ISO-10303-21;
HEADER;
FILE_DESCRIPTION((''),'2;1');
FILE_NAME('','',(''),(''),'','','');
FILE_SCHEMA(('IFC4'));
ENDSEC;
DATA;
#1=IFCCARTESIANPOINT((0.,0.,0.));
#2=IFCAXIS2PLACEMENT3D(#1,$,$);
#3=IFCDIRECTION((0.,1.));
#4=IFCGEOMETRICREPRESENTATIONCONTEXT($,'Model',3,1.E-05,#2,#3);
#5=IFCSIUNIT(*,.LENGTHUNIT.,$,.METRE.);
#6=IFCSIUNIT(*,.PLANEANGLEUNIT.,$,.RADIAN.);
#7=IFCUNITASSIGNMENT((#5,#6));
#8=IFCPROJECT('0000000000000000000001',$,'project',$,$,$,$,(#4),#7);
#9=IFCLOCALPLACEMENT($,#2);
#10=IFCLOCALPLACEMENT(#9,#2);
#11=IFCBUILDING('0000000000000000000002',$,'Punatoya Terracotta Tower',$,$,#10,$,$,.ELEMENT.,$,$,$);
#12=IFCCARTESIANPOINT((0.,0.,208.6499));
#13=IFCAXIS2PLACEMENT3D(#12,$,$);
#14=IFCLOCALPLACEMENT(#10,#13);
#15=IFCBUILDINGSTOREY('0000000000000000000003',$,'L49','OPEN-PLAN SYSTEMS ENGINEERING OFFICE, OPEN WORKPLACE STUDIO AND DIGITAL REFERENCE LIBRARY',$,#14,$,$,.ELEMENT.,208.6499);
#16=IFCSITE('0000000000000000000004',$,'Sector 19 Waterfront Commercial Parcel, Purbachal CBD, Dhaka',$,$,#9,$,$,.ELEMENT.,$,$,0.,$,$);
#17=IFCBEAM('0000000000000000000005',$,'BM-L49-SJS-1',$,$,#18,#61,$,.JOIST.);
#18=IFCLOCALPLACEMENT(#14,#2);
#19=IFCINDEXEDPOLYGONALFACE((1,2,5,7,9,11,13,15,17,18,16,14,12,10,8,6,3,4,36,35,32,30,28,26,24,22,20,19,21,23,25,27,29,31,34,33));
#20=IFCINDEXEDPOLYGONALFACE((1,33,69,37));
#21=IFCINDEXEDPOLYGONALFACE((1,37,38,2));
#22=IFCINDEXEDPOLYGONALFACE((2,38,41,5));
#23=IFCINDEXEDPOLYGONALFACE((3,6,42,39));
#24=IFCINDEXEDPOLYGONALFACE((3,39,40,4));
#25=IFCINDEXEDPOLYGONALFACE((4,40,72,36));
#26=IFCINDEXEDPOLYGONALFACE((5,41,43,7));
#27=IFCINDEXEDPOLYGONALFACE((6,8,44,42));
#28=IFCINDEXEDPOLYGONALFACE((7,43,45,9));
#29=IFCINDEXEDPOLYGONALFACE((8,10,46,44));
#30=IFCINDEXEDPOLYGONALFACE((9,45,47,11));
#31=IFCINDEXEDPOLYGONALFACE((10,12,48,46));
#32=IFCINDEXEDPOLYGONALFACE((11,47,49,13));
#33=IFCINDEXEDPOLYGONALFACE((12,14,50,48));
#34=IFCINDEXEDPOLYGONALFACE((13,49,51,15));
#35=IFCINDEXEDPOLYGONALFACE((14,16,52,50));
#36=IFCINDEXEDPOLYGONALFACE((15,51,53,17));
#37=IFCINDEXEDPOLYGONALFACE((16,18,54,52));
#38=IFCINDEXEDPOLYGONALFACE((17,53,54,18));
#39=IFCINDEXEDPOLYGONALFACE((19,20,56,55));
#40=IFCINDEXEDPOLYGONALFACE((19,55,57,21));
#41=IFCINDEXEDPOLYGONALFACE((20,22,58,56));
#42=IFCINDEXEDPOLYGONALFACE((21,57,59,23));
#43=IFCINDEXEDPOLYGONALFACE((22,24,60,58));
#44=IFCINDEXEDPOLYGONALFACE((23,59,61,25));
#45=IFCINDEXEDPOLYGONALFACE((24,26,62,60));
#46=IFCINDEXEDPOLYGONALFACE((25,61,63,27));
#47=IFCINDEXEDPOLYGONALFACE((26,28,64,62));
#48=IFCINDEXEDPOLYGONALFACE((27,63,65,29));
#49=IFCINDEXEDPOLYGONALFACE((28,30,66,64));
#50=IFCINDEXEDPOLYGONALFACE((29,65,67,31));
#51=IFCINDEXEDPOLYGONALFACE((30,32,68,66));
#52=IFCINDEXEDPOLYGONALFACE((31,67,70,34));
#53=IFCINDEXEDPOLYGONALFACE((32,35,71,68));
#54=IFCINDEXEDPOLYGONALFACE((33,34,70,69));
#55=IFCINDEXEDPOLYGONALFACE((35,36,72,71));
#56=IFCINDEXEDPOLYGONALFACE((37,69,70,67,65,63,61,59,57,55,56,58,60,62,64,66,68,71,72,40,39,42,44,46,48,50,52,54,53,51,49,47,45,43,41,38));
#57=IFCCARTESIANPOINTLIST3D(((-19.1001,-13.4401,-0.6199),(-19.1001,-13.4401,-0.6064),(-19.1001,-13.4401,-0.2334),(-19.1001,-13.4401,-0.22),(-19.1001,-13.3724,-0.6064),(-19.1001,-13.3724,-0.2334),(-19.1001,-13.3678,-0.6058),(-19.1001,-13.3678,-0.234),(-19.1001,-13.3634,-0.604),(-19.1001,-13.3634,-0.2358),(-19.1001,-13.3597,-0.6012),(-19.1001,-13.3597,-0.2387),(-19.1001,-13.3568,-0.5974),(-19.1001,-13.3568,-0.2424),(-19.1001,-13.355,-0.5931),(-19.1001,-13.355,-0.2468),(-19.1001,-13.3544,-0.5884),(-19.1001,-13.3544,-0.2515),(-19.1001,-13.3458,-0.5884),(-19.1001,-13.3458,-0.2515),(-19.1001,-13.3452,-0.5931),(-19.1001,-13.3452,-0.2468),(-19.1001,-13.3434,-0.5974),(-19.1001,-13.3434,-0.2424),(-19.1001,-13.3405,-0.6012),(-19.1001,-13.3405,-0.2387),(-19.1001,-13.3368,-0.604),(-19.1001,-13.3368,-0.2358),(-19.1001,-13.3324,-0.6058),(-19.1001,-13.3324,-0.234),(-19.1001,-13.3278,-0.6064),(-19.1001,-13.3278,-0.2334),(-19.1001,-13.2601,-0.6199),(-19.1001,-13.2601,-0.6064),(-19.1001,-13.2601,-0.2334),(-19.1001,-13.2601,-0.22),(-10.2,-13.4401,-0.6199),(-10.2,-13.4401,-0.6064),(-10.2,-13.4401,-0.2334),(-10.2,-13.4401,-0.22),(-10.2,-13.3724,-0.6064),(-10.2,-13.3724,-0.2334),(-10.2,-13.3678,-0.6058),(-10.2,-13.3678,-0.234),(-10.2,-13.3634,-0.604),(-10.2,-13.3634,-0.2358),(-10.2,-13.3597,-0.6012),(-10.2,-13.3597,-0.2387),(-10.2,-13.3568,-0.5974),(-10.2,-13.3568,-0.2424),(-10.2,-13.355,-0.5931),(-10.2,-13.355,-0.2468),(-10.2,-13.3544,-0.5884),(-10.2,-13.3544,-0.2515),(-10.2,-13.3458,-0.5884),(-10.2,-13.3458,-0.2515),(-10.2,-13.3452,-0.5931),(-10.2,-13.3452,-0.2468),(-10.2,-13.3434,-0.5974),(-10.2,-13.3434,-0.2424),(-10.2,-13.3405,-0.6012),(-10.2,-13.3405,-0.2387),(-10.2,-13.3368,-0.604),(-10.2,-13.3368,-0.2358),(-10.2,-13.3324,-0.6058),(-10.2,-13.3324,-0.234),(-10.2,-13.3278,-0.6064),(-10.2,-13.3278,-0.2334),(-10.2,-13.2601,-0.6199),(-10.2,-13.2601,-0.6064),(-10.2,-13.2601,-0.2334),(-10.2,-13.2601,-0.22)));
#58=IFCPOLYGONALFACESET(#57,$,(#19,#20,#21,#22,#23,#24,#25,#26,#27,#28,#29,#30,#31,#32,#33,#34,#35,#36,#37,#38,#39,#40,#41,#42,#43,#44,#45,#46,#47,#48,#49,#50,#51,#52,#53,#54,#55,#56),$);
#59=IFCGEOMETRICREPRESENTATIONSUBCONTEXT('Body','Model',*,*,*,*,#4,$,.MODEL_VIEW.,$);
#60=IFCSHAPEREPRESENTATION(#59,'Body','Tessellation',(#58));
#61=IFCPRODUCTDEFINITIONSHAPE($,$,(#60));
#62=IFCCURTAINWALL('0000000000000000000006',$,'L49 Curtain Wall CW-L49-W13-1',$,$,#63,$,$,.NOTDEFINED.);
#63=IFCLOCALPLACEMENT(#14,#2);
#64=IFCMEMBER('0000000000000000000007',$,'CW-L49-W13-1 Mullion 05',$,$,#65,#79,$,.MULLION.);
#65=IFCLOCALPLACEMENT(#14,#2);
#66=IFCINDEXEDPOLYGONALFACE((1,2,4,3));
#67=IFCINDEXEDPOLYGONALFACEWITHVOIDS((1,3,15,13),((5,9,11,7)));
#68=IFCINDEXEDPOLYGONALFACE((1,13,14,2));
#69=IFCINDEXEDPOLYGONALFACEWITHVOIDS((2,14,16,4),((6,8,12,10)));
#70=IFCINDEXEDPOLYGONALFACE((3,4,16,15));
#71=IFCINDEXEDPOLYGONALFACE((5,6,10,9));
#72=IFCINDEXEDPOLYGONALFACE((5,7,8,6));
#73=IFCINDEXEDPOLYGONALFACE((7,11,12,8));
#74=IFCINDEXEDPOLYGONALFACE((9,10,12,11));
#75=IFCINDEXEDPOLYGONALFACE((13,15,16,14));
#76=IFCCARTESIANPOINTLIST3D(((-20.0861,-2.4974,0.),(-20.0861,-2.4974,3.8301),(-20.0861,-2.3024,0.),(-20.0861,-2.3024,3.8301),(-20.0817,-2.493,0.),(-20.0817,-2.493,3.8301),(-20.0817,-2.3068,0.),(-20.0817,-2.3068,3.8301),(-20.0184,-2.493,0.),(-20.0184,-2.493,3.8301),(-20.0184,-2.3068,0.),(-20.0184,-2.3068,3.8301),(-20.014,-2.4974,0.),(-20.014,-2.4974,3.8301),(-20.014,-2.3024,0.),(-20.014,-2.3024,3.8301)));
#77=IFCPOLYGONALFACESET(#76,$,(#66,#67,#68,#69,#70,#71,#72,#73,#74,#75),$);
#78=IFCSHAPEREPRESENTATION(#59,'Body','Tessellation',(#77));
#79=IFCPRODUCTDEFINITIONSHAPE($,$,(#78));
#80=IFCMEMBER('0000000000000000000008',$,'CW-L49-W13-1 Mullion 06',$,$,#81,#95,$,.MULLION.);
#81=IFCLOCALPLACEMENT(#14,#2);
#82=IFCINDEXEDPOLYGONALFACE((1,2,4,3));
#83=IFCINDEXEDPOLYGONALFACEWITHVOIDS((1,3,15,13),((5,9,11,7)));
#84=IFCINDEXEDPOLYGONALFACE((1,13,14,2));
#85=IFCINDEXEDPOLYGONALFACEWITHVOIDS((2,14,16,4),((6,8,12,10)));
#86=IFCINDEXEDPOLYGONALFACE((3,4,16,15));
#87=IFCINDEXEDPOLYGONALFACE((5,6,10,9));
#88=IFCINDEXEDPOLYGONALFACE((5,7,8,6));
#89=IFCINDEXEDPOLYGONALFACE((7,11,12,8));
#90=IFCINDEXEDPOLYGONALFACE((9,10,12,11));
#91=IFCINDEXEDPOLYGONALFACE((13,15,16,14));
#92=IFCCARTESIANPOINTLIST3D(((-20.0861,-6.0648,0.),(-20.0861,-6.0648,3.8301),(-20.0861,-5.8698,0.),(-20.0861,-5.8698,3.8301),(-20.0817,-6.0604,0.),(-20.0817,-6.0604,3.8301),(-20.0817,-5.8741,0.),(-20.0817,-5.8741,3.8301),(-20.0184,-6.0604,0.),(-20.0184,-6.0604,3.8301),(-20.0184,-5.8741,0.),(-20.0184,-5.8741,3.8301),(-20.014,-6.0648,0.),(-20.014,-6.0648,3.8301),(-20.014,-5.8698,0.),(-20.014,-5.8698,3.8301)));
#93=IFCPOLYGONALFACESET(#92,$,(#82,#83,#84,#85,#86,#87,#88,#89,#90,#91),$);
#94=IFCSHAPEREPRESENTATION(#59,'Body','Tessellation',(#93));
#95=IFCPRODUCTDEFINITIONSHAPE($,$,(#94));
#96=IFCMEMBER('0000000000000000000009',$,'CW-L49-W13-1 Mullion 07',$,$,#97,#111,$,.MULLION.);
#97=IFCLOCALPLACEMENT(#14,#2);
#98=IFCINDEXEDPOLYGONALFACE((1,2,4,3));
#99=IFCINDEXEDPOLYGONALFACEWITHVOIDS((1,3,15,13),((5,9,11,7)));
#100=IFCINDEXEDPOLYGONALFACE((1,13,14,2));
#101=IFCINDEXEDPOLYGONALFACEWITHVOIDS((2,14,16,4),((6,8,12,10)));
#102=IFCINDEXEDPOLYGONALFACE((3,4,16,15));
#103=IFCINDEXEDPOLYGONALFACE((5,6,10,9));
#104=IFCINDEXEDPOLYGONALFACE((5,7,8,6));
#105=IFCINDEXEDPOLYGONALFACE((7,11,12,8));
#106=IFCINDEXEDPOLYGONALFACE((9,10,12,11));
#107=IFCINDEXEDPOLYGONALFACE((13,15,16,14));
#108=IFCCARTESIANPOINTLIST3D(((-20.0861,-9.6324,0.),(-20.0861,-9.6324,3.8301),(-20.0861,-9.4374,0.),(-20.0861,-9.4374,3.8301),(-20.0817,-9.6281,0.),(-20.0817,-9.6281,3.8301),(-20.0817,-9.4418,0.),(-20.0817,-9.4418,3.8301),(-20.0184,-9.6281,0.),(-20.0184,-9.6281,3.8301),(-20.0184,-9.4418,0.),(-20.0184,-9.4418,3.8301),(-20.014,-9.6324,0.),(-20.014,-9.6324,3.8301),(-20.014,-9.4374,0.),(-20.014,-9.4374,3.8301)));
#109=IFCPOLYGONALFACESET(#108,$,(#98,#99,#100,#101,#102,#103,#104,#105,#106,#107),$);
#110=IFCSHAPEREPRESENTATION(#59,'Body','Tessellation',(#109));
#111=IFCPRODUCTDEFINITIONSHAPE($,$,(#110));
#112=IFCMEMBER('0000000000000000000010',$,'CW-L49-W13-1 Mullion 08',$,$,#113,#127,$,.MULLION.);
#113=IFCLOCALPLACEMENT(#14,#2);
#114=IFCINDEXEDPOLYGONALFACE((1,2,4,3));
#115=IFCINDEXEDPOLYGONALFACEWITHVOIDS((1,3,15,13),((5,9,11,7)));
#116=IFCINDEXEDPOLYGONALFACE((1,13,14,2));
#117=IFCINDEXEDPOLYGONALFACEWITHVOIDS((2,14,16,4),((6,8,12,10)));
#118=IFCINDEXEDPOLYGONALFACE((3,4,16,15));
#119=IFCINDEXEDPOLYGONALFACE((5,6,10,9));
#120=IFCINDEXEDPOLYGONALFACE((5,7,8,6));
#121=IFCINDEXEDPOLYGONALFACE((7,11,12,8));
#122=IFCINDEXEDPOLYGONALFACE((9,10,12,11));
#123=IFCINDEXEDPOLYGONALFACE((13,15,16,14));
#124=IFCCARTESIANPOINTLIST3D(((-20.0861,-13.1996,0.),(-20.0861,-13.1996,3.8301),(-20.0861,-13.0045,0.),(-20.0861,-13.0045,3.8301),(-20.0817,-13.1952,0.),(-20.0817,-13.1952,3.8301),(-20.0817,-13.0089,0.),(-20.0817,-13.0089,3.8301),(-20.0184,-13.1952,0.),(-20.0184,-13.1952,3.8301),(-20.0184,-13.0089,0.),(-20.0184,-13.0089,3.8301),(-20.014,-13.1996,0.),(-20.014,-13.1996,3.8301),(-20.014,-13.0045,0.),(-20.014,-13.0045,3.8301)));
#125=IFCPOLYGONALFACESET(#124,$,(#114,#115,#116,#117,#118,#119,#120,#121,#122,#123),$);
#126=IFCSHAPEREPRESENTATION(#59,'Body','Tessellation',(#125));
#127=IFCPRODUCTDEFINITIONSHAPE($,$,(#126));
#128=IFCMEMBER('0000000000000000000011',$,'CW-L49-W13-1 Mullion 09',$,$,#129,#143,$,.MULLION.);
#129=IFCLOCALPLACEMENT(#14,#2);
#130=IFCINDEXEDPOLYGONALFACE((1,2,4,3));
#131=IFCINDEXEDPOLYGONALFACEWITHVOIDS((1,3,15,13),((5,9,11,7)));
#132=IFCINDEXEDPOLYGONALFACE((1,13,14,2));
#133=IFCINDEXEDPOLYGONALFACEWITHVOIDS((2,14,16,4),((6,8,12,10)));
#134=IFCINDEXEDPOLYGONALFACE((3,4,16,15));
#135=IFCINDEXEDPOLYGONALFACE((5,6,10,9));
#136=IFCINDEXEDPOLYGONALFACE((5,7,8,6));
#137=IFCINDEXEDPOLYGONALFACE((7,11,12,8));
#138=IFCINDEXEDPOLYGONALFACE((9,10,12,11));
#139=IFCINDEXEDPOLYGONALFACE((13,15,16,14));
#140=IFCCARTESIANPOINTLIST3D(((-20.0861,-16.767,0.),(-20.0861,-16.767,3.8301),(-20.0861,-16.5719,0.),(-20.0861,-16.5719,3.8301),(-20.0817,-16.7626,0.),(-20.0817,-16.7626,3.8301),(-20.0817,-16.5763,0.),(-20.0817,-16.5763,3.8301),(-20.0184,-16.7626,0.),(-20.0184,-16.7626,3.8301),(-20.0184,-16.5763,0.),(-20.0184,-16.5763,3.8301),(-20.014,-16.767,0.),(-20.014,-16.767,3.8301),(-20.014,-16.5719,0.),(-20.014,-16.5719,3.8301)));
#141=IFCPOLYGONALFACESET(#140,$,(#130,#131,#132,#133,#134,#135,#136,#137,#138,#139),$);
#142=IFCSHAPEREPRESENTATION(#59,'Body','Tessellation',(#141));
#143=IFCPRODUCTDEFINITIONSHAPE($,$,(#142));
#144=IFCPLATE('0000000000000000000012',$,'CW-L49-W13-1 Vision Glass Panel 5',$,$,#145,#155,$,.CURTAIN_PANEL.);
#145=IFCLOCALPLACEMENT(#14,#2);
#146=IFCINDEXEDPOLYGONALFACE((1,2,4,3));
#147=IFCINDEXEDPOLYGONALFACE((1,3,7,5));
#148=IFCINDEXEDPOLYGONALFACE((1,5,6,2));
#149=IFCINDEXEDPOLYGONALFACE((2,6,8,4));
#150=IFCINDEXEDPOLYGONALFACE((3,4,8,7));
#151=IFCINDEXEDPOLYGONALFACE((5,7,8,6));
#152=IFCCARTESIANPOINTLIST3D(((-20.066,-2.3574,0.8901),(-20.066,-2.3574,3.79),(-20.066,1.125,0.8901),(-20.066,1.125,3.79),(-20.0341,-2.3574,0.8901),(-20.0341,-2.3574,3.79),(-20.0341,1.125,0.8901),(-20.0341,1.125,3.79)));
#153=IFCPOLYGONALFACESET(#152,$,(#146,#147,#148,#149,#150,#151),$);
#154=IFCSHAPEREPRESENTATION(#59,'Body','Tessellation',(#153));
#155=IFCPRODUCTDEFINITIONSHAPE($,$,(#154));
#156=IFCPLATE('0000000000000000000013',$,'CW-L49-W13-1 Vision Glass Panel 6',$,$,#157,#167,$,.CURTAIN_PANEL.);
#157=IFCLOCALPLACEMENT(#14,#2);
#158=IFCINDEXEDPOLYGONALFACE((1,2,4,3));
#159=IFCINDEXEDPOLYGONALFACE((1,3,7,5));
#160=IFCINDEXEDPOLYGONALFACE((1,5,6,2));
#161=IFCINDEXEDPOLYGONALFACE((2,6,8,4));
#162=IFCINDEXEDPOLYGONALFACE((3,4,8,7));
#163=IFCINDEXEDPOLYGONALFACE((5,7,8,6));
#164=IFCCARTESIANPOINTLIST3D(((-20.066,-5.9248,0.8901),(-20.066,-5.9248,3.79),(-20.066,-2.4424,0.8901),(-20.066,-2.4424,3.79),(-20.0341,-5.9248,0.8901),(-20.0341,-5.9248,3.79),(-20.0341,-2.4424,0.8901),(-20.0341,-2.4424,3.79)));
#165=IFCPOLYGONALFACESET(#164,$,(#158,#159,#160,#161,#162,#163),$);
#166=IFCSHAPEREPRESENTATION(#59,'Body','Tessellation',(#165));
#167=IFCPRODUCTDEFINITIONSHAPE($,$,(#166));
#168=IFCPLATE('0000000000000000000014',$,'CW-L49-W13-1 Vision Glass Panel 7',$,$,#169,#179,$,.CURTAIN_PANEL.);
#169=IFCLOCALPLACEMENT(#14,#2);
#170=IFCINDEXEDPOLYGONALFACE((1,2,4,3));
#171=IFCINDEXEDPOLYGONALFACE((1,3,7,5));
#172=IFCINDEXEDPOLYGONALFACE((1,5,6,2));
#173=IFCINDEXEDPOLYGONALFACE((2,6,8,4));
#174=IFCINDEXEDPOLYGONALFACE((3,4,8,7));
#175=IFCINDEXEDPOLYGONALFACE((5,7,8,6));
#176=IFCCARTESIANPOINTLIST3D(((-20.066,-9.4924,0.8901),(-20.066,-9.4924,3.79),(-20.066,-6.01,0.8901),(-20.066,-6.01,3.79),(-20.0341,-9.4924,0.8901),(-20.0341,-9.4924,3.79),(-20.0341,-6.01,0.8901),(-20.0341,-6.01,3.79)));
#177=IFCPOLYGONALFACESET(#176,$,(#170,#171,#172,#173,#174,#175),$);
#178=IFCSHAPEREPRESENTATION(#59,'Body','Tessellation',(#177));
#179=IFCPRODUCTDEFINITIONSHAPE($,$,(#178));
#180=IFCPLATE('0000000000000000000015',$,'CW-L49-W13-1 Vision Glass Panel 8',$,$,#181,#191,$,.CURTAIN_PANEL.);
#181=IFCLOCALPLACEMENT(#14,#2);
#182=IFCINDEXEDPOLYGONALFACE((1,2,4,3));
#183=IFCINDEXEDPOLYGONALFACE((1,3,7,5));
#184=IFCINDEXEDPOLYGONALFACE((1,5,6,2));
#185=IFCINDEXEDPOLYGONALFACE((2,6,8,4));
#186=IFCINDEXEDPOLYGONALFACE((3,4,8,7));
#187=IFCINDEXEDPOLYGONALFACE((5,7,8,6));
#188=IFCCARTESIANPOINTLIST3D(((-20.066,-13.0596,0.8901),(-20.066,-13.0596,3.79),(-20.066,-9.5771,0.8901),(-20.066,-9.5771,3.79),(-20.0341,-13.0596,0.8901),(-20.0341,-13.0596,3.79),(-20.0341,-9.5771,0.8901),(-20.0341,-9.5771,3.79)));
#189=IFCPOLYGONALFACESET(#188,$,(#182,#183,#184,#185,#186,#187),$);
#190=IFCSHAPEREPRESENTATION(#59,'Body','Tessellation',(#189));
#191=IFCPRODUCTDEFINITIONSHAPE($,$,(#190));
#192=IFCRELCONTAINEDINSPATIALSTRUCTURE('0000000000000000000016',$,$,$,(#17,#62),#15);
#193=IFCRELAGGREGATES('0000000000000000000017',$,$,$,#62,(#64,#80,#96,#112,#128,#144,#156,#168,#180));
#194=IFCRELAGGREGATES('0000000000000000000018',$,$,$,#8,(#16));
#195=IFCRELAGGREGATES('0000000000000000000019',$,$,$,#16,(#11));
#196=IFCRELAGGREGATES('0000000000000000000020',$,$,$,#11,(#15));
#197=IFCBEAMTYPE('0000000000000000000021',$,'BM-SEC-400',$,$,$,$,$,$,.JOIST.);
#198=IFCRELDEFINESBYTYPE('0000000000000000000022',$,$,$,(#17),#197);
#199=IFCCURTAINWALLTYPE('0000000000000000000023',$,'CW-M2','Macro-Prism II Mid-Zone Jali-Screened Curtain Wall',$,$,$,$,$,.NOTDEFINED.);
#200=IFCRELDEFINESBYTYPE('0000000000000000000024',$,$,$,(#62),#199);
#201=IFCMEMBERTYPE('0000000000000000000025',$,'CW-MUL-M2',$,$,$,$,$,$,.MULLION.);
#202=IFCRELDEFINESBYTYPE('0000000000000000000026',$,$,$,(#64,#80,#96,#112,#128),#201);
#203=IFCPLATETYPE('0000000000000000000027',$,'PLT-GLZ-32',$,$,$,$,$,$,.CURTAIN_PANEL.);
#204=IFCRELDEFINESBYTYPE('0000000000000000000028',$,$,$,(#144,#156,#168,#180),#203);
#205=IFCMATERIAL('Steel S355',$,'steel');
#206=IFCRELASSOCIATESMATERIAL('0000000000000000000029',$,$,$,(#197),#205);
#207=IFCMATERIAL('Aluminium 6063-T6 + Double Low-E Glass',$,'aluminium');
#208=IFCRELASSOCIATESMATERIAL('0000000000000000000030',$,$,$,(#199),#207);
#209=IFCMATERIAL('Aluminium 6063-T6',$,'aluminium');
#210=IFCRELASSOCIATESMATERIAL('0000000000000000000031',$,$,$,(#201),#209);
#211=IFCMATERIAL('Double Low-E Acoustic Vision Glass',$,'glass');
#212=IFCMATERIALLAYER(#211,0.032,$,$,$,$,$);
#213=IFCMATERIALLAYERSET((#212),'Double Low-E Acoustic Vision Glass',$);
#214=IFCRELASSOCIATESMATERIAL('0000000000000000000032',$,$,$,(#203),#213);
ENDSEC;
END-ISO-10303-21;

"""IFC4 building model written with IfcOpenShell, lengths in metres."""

from ifc_helpers import new_model, si_unit, direction, frame, origin, origin_2d, place, context, subcontext, project, spatial, rectangle, hollow_rectangle, i_section, extrude, material, layer, layer_set, material_profile, profile_set, type_object, element, aggregate, save


model = new_model("IFC4")

# Units and contexts
model_context = context("Model", 3, precision=1e-05, world=origin(), true_north=direction((0.0, 1.0)))
body_context = subcontext(model_context, "Body", "Model", "MODEL_VIEW")
ifc_project = project(units=[si_unit("LENGTHUNIT", "METRE"), si_unit("PLANEANGLEUNIT", "RADIAN")], contexts=[model_context])

# Site, building, storey
site_placement = place(None, origin())
site = spatial("IfcSite", under=ifc_project, at=site_placement, Name="Sector 19 Waterfront Commercial Parcel, Purbachal CBD, Dhaka", CompositionType="ELEMENT", RefElevation=0.0)
building_placement = place(site_placement, origin())
building = spatial("IfcBuilding", under=site, at=building_placement, Name="Punatoya Terracotta Tower", CompositionType="ELEMENT")
storey_placement = place(building_placement, frame((0.0, 0.0, 208.6499)))
storey = spatial("IfcBuildingStorey", under=building, at=storey_placement, Name="L49", Description="OPEN-PLAN SYSTEMS ENGINEERING OFFICE, OPEN WORKPLACE STUDIO AND DIGITAL REFERENCE LIBRARY", CompositionType="ELEMENT", Elevation=208.6499)

# Beam
ifc_material_1 = material(Name="Steel S355", Category="steel")
ifc_material_profile_1 = material_profile(ifc_material_1, i_section(OverallWidth=0.1799, OverallDepth=0.3999, WebThickness=0.0085, FlangeThickness=0.0134, FilletRadius=0.0181, at=origin_2d()))
ifc_profile_set_1 = profile_set([ifc_material_profile_1], Name="Steel S355")
beam_type_1 = type_object("IfcBeamType", Name="BM-SEC-400", PredefinedType="JOIST", material=ifc_profile_set_1)
beam_1_placement = place(storey_placement, frame((-19.1001, -13.3501, -0.4199), z_axis=(1.0, 0.0, 0.0), x_axis=(0.0, 1.0, 0.0)))
element("IfcBeam", 1, at=beam_1_placement, inside=storey, type_object=beam_type_1, Name="BM-L49-SJS-1", PredefinedType="JOIST", context=body_context, shape_type="SweptSolid", body=[
    extrude(i_section(OverallWidth=0.1799, OverallDepth=0.3999, WebThickness=0.0085, FlangeThickness=0.0134, FilletRadius=0.0181, at=origin_2d()), origin(), (0.0, 0.0, 1.0), 8.9001),
])

# Curtain wall, members, plates
ifc_material_2 = material(Name="Aluminium 6063-T6 + Double Low-E Glass", Category="aluminium")
curtain_wall_type = type_object("IfcCurtainWallType", Name="CW-M2", Description="Macro-Prism II Mid-Zone Jali-Screened Curtain Wall", PredefinedType="NOTDEFINED", material=ifc_material_2)
curtain_wall_placement = place(storey_placement, origin())
curtain_wall = element("IfcCurtainWall", 2, at=curtain_wall_placement, inside=storey, type_object=curtain_wall_type, Name="L49 Curtain Wall CW-L49-W13-1", PredefinedType="NOTDEFINED")
ifc_material_3 = material(Name="Aluminium 6063-T6", Category="aluminium")
ifc_material_profile_2 = material_profile(ifc_material_3, hollow_rectangle(XDim=0.072, YDim=0.1951, WallThickness=0.0044, at=origin_2d()))
ifc_profile_set_2 = profile_set([ifc_material_profile_2], Name="Aluminium 6063-T6")
member_type = type_object("IfcMemberType", Name="CW-MUL-M2", PredefinedType="MULLION", material=ifc_profile_set_2)
member_1_placement = place(storey_placement, frame((-20.05, -2.3999, 0.0), z_axis=(0.0, 0.0, 1.0), x_axis=(1.0, 0.0, 0.0)))
member_1 = element("IfcMember", 3, at=member_1_placement, type_object=member_type, Name="CW-L49-W13-1 Mullion 05", PredefinedType="MULLION", context=body_context, shape_type="SweptSolid", body=[
    extrude(hollow_rectangle(XDim=0.072, YDim=0.1951, WallThickness=0.0044, at=origin_2d()), origin(), (0.0, 0.0, 1.0), 3.8301),
])
member_2_placement = place(storey_placement, frame((-20.05, -5.9673, 0.0), z_axis=(0.0, 0.0, 1.0), x_axis=(1.0, 0.0, 0.0)))
member_2 = element("IfcMember", 4, at=member_2_placement, type_object=member_type, Name="CW-L49-W13-1 Mullion 06", PredefinedType="MULLION", context=body_context, shape_type="SweptSolid", body=[
    extrude(hollow_rectangle(XDim=0.072, YDim=0.1951, WallThickness=0.0044, at=origin_2d()), origin(), (0.0, 0.0, 1.0), 3.8301),
])
member_3_placement = place(storey_placement, frame((-20.05, -9.5349, 0.0), z_axis=(0.0, 0.0, 1.0), x_axis=(1.0, 0.0, 0.0)))
member_3 = element("IfcMember", 5, at=member_3_placement, type_object=member_type, Name="CW-L49-W13-1 Mullion 07", PredefinedType="MULLION", context=body_context, shape_type="SweptSolid", body=[
    extrude(hollow_rectangle(XDim=0.072, YDim=0.1951, WallThickness=0.0044, at=origin_2d()), origin(), (0.0, 0.0, 1.0), 3.8301),
])
member_4_placement = place(storey_placement, frame((-20.05, -13.1021, 0.0), z_axis=(0.0, 0.0, 1.0), x_axis=(1.0, 0.0, 0.0)))
member_4 = element("IfcMember", 6, at=member_4_placement, type_object=member_type, Name="CW-L49-W13-1 Mullion 08", PredefinedType="MULLION", context=body_context, shape_type="SweptSolid", body=[
    extrude(hollow_rectangle(XDim=0.072, YDim=0.1951, WallThickness=0.0044, at=origin_2d()), origin(), (0.0, 0.0, 1.0), 3.8301),
])
member_5_placement = place(storey_placement, frame((-20.05, -16.6694, 0.0), z_axis=(0.0, 0.0, 1.0), x_axis=(1.0, 0.0, 0.0)))
member_5 = element("IfcMember", 7, at=member_5_placement, type_object=member_type, Name="CW-L49-W13-1 Mullion 09", PredefinedType="MULLION", context=body_context, shape_type="SweptSolid", body=[
    extrude(hollow_rectangle(XDim=0.072, YDim=0.1951, WallThickness=0.0044, at=origin_2d()), origin(), (0.0, 0.0, 1.0), 3.8301),
])
ifc_material_4 = material(Name="Double Low-E Acoustic Vision Glass", Category="glass")
ifc_layer_1 = layer(ifc_material_4, 0.032)
ifc_layer_set_1 = layer_set([ifc_layer_1], Name="Double Low-E Acoustic Vision Glass")
plate_type_1 = type_object("IfcPlateType", Name="PLT-GLZ-32", PredefinedType="CURTAIN_PANEL", material=ifc_layer_set_1)
plate_1_placement = place(storey_placement, frame((-20.05, -0.6162, 0.8901), z_axis=(0.0, 0.0, 1.0), x_axis=(0.0, -1.0, 0.0)))
plate_1 = element("IfcPlate", 8, at=plate_1_placement, type_object=plate_type_1, Name="CW-L49-W13-1 Vision Glass Panel 5", PredefinedType="CURTAIN_PANEL", context=body_context, shape_type="SweptSolid", body=[
    extrude(rectangle(XDim=3.4824, YDim=0.032, at=origin_2d()), origin(), (0.0, 0.0, 1.0), 2.8999),
])
plate_2_placement = place(storey_placement, frame((-20.05, -4.1836, 0.8901), z_axis=(0.0, 0.0, 1.0), x_axis=(0.0, -1.0, 0.0)))
plate_2 = element("IfcPlate", 9, at=plate_2_placement, type_object=plate_type_1, Name="CW-L49-W13-1 Vision Glass Panel 6", PredefinedType="CURTAIN_PANEL", context=body_context, shape_type="SweptSolid", body=[
    extrude(rectangle(XDim=3.4824, YDim=0.032, at=origin_2d()), origin(), (0.0, 0.0, 1.0), 2.8999),
])
plate_3_placement = place(storey_placement, frame((-20.05, -7.7512, 0.8901), z_axis=(0.0, 0.0, 1.0), x_axis=(0.0, -1.0, 0.0)))
plate_3 = element("IfcPlate", 10, at=plate_3_placement, type_object=plate_type_1, Name="CW-L49-W13-1 Vision Glass Panel 7", PredefinedType="CURTAIN_PANEL", context=body_context, shape_type="SweptSolid", body=[
    extrude(rectangle(XDim=3.4824, YDim=0.032, at=origin_2d()), origin(), (0.0, 0.0, 1.0), 2.8999),
])
plate_4_placement = place(storey_placement, frame((-20.05, -11.3184, 0.8901), z_axis=(0.0, 0.0, 1.0), x_axis=(0.0, -1.0, 0.0)))
plate_4 = element("IfcPlate", 11, at=plate_4_placement, type_object=plate_type_1, Name="CW-L49-W13-1 Vision Glass Panel 8", PredefinedType="CURTAIN_PANEL", context=body_context, shape_type="SweptSolid", body=[
    extrude(rectangle(XDim=3.4824, YDim=0.032, at=origin_2d()), origin(), (0.0, 0.0, 1.0), 2.8999),
])
aggregate(curtain_wall, [member_1, member_2, member_3, member_4, member_5, plate_1, plate_2, plate_3, plate_4])

save(model, "model.ifc")
